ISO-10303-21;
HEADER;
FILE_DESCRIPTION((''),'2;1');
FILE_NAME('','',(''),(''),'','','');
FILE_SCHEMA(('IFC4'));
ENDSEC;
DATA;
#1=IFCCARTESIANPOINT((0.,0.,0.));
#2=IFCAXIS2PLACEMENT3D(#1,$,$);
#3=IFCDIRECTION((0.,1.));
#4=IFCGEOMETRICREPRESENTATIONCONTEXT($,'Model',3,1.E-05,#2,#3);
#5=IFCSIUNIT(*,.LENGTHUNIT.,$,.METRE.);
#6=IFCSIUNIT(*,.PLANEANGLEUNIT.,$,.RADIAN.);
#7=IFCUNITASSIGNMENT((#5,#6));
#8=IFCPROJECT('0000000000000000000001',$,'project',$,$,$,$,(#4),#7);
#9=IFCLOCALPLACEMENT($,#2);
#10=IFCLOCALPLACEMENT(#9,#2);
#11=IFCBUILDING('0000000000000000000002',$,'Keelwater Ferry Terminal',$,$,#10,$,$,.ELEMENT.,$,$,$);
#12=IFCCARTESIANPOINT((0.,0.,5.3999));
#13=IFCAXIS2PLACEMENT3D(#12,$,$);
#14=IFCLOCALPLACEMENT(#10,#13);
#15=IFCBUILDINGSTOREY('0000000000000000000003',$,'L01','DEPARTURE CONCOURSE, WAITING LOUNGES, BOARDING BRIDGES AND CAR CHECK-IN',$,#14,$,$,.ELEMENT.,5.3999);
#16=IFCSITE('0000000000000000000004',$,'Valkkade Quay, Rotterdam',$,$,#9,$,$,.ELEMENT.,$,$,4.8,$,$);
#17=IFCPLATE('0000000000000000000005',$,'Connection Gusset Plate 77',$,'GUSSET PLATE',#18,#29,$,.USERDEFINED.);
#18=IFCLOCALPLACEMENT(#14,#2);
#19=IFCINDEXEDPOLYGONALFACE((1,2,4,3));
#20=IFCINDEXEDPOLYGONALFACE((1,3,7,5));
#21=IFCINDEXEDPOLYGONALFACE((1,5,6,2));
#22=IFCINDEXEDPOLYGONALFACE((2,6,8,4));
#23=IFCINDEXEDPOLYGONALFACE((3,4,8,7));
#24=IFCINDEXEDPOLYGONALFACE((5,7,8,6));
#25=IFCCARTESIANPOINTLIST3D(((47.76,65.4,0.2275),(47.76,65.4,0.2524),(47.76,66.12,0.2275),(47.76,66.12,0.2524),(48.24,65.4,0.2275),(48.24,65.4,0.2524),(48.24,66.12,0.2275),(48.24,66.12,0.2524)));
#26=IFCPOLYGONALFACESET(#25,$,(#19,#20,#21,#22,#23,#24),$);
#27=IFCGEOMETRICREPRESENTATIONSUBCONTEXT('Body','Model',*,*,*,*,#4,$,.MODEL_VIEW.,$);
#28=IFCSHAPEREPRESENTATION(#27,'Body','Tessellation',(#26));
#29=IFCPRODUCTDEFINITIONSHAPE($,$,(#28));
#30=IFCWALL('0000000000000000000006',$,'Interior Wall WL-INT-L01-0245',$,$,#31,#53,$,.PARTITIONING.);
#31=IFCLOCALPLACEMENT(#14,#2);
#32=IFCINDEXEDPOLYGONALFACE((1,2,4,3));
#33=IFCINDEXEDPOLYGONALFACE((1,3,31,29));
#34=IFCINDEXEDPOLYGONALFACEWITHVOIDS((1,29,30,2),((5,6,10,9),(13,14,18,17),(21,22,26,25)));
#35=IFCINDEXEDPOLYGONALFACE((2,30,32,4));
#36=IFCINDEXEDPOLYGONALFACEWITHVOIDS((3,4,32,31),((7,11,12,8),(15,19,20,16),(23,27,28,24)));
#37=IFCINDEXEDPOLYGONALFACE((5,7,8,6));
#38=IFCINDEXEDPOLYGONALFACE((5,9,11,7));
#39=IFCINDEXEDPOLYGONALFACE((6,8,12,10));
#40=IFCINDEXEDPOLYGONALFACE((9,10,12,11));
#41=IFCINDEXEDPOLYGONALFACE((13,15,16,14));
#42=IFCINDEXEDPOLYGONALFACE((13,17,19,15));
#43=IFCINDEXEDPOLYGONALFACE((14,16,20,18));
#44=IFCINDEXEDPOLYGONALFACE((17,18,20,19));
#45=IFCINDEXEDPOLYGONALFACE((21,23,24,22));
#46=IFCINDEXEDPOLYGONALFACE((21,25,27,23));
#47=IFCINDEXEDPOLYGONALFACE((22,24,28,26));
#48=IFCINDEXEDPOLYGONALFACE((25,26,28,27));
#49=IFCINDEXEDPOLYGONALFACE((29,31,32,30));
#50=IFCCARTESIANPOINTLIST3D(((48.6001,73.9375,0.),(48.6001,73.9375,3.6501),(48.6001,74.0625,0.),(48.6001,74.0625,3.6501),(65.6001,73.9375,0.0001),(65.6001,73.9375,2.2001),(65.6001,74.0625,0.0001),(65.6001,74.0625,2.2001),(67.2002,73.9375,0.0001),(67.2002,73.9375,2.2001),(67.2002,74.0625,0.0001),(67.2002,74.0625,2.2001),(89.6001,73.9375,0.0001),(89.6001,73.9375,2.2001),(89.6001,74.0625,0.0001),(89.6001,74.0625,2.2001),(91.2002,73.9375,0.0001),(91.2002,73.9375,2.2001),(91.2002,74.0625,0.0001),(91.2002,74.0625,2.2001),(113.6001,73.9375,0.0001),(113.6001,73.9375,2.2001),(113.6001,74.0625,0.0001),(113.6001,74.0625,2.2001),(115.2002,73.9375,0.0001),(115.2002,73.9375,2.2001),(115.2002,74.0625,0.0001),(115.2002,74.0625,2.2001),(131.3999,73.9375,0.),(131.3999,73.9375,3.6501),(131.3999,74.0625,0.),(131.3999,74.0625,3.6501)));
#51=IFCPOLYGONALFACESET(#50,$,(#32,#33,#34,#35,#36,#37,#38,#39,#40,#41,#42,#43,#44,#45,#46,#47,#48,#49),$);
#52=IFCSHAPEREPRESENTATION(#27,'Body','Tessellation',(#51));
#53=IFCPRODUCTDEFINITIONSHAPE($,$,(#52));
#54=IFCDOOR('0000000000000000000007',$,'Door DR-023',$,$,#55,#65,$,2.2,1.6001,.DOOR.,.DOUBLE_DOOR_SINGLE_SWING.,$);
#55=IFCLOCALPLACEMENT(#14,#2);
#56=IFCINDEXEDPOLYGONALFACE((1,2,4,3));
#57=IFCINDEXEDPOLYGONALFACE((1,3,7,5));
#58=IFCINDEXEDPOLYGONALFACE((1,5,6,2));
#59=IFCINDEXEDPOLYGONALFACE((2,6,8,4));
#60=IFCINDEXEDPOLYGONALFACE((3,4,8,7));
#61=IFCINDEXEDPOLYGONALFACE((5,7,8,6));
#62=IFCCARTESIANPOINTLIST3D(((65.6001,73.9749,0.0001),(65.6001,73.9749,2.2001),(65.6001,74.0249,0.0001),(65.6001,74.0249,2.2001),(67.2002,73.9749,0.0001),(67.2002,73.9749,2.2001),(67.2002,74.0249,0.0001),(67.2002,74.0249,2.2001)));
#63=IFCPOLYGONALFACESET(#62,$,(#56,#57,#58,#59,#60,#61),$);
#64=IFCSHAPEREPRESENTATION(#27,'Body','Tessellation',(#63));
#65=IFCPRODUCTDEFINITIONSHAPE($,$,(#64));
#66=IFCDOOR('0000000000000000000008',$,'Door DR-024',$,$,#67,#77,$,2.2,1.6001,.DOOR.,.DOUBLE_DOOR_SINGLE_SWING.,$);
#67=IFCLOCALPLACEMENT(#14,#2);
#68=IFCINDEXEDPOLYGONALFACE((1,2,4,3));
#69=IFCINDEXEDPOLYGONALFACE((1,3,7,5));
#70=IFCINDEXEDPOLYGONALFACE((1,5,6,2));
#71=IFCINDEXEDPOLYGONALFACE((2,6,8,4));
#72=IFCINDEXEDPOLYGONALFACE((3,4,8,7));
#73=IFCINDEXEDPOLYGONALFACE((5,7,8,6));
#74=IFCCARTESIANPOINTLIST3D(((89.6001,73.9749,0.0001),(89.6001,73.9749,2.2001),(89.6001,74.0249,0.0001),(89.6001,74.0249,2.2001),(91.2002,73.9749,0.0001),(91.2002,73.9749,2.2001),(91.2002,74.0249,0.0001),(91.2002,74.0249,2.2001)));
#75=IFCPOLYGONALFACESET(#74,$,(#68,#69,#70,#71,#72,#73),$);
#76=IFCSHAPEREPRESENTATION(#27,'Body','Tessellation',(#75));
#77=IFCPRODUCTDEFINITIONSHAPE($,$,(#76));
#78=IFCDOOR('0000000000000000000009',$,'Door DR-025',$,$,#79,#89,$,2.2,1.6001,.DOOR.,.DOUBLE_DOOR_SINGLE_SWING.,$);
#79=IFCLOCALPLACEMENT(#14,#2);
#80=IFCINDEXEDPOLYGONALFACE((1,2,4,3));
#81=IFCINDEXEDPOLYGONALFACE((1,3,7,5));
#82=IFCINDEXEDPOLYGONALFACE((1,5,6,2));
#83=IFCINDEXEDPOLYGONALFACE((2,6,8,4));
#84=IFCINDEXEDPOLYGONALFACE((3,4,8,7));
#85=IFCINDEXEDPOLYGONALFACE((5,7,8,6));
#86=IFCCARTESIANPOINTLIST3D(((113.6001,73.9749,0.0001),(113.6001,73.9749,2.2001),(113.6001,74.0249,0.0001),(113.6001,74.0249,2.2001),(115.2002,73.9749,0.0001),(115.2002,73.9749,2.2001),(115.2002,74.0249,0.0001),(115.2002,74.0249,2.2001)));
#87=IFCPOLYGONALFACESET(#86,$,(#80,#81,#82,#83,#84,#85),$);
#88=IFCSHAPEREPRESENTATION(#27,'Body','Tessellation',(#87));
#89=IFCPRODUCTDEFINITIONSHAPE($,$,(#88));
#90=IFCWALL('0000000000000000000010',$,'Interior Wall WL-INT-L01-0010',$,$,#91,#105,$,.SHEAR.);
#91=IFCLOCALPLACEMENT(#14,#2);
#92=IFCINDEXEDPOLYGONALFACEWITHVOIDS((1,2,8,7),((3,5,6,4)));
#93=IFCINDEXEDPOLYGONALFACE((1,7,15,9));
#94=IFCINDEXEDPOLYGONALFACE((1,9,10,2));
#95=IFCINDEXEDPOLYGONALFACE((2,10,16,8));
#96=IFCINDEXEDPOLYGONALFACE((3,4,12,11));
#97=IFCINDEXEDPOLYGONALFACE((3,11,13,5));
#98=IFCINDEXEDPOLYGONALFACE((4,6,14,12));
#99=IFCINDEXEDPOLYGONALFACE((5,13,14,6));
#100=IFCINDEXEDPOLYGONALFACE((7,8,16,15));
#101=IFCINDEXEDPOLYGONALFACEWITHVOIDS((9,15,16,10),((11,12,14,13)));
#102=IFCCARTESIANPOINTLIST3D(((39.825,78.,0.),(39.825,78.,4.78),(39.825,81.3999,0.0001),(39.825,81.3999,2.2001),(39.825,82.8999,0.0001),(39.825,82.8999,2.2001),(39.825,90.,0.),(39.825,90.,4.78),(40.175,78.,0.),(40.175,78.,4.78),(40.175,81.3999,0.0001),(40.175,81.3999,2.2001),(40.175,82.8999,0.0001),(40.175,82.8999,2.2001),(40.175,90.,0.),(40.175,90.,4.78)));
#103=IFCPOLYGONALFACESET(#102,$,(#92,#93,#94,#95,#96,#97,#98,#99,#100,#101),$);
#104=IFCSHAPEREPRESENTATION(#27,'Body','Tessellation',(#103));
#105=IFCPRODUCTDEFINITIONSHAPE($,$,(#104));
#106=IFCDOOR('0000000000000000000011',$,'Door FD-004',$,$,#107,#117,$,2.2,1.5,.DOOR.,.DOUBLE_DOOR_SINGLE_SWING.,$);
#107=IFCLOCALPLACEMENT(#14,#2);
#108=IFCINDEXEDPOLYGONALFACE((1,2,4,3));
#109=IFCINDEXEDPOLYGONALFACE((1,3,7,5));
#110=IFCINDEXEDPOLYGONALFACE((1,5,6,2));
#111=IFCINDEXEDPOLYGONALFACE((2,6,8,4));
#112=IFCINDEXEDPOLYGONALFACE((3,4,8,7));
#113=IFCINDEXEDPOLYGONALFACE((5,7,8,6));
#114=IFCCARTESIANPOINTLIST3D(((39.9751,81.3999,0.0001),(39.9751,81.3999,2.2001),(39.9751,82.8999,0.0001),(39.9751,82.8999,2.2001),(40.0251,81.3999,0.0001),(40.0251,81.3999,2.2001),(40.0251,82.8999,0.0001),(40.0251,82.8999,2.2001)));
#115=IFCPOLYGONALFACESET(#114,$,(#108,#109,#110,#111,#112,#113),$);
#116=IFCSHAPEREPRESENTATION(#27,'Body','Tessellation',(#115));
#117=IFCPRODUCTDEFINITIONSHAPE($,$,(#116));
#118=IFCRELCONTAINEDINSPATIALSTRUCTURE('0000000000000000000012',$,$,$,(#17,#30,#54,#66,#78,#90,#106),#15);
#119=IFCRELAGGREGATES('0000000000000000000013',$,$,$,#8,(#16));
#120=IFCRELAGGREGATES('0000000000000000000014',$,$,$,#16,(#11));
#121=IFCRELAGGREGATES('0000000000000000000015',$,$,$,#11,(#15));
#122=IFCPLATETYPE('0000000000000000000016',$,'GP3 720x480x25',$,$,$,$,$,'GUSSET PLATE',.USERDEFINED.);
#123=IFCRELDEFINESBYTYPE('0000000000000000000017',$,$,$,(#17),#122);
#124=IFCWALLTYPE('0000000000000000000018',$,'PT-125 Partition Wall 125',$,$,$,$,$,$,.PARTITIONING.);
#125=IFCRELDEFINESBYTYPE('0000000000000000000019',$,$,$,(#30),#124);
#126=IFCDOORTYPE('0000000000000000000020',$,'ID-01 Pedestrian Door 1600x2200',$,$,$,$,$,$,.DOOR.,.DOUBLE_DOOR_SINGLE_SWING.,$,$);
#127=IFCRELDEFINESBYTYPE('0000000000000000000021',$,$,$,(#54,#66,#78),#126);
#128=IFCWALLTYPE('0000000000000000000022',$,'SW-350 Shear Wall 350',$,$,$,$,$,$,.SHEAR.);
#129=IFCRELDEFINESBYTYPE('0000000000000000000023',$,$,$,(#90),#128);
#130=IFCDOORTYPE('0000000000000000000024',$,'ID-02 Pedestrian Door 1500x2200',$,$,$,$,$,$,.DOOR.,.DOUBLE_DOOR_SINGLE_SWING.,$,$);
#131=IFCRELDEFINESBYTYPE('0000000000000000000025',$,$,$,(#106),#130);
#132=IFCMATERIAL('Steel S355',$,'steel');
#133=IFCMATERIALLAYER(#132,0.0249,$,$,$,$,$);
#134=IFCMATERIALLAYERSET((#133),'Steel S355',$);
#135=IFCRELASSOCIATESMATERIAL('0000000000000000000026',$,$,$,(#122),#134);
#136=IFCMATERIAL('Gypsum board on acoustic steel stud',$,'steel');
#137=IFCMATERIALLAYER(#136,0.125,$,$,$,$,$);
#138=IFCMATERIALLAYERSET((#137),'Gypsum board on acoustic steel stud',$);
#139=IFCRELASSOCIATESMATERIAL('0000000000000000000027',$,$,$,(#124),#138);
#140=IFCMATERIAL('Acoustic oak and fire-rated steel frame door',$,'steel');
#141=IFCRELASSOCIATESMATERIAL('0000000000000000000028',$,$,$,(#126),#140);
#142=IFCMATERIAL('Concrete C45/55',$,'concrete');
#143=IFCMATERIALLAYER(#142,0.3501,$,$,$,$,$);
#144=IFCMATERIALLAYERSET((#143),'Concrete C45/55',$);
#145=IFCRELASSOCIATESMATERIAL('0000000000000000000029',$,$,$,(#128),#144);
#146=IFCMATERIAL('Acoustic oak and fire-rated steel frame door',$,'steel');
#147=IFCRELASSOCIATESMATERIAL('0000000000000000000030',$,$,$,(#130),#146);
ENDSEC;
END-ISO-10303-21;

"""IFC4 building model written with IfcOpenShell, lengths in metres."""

from ifc_helpers import new_model, si_unit, direction, frame, frame_2d, origin, origin_2d, place, context, subcontext, project, spatial, rectangle, extrude, material, layer, layer_set, type_object, element, fill, save


model = new_model("IFC4")

# Units and contexts
model_context = context("Model", 3, precision=1e-05, world=origin(), true_north=direction((0.0, 1.0)))
body_context = subcontext(model_context, "Body", "Model", "MODEL_VIEW")
ifc_project = project(units=[si_unit("LENGTHUNIT", "METRE"), si_unit("PLANEANGLEUNIT", "RADIAN")], contexts=[model_context])

# Site, building, storey
site_placement = place(None, origin())
site = spatial("IfcSite", under=ifc_project, at=site_placement, Name="Valkkade Quay, Rotterdam", CompositionType="ELEMENT", RefElevation=4.8)
building_placement = place(site_placement, origin())
building = spatial("IfcBuilding", under=site, at=building_placement, Name="Keelwater Ferry Terminal", CompositionType="ELEMENT")
storey_placement = place(building_placement, frame((0.0, 0.0, 5.3999)))
storey = spatial("IfcBuildingStorey", under=building, at=storey_placement, Name="L01", Description="DEPARTURE CONCOURSE, WAITING LOUNGES, BOARDING BRIDGES AND CAR CHECK-IN", CompositionType="ELEMENT", Elevation=5.3999)

# Plate
ifc_material_1 = material(Name="Steel S355", Category="steel")
ifc_layer_1 = layer(ifc_material_1, 0.0249)
ifc_layer_set_1 = layer_set([ifc_layer_1], Name="Steel S355")
plate_type = type_object("IfcPlateType", Name="GP3 720x480x25", ElementType="GUSSET PLATE", PredefinedType="USERDEFINED", material=ifc_layer_set_1)
plate_placement = place(storey_placement, frame((48.0, 65.76, 0.2275), z_axis=(0.0, 0.0, 1.0), x_axis=(0.0, 1.0, 0.0)))
element("IfcPlate", 1, at=plate_placement, inside=storey, type_object=plate_type, Name="Connection Gusset Plate 77", ObjectType="GUSSET PLATE", PredefinedType="USERDEFINED", context=body_context, shape_type="SweptSolid", body=[
    extrude(rectangle(XDim=0.72, YDim=0.48, at=origin_2d()), origin(), (0.0, 0.0, 1.0), 0.0249),
])

# Wall, openings, doors
ifc_material_2 = material(Name="Gypsum board on acoustic steel stud", Category="steel")
ifc_layer_2 = layer(ifc_material_2, 0.125)
ifc_layer_set_2 = layer_set([ifc_layer_2], Name="Gypsum board on acoustic steel stud")
wall_type_1 = type_object("IfcWallType", Name="PT-125 Partition Wall 125", PredefinedType="PARTITIONING", material=ifc_layer_set_2)
wall_1_placement = place(storey_placement, frame((48.6001, 74.0, 0.0), z_axis=(0.0, 0.0, 1.0), x_axis=(1.0, 0.0, 0.0)))
wall_1 = element("IfcWall", 2, at=wall_1_placement, inside=storey, type_object=wall_type_1, Name="Interior Wall WL-INT-L01-0245", PredefinedType="PARTITIONING", context=body_context, shape_type="SweptSolid", body=[
    extrude(rectangle(XDim=82.7998, YDim=0.125, at=frame_2d((41.3999, 0.0))), origin(), (0.0, 0.0, 1.0), 3.6501),
])
opening_1_placement = place(wall_1_placement, frame((17.0, 0.0, 0.0)))
opening_1 = element("IfcOpeningElement", 3, at=opening_1_placement, cuts=wall_1, PredefinedType="OPENING", context=body_context, shape_type="SweptSolid", body=[
    extrude(rectangle(XDim=1.6001, YDim=2.2, at=frame_2d((0.8, 1.1001))), frame((0.0, 0.0725, 0.0), z_axis=(0.0, -1.0, 0.0), x_axis=(1.0, 0.0, 0.0)), (0.0, 0.0, 1.0), 0.145),
])
opening_2_placement = place(wall_1_placement, frame((41.0, 0.0, 0.0)))
opening_2 = element("IfcOpeningElement", 4, at=opening_2_placement, cuts=wall_1, PredefinedType="OPENING", context=body_context, shape_type="SweptSolid", body=[
    extrude(rectangle(XDim=1.6001, YDim=2.2, at=frame_2d((0.8, 1.1001))), frame((0.0, 0.0725, 0.0), z_axis=(0.0, -1.0, 0.0), x_axis=(1.0, 0.0, 0.0)), (0.0, 0.0, 1.0), 0.145),
])
opening_3_placement = place(wall_1_placement, frame((65.0, 0.0, 0.0)))
opening_3 = element("IfcOpeningElement", 5, at=opening_3_placement, cuts=wall_1, PredefinedType="OPENING", context=body_context, shape_type="SweptSolid", body=[
    extrude(rectangle(XDim=1.6001, YDim=2.2, at=frame_2d((0.8, 1.1001))), frame((0.0, 0.0725, 0.0), z_axis=(0.0, -1.0, 0.0), x_axis=(1.0, 0.0, 0.0)), (0.0, 0.0, 1.0), 0.145),
])
ifc_material_3 = material(Name="Acoustic oak and fire-rated steel frame door", Category="steel")
door_type_1 = type_object("IfcDoorType", Name="ID-01 Pedestrian Door 1600x2200", OperationType="DOUBLE_DOOR_SINGLE_SWING", PredefinedType="DOOR", material=ifc_material_3)
door_1_placement = place(opening_1_placement, origin())
door_1 = element("IfcDoor", 6, at=door_1_placement, inside=storey, type_object=door_type_1, Name="Door DR-023", OperationType="DOUBLE_DOOR_SINGLE_SWING", OverallHeight=2.2, OverallWidth=1.6001, PredefinedType="DOOR", context=body_context, shape_type="SweptSolid", body=[
    extrude(rectangle(XDim=1.6001, YDim=2.2, at=frame_2d((0.8, 1.1001))), frame((0.0, 0.0249, 0.0), z_axis=(0.0, -1.0, 0.0), x_axis=(1.0, 0.0, 0.0)), (0.0, 0.0, 1.0), 0.05),
])
fill(opening_1, door_1)
door_2_placement = place(opening_2_placement, origin())
door_2 = element("IfcDoor", 7, at=door_2_placement, inside=storey, type_object=door_type_1, Name="Door DR-024", OperationType="DOUBLE_DOOR_SINGLE_SWING", OverallHeight=2.2, OverallWidth=1.6001, PredefinedType="DOOR", context=body_context, shape_type="SweptSolid", body=[
    extrude(rectangle(XDim=1.6001, YDim=2.2, at=frame_2d((0.8, 1.1001))), frame((0.0, 0.0249, 0.0), z_axis=(0.0, -1.0, 0.0), x_axis=(1.0, 0.0, 0.0)), (0.0, 0.0, 1.0), 0.05),
])
fill(opening_2, door_2)
door_3_placement = place(opening_3_placement, origin())
door_3 = element("IfcDoor", 8, at=door_3_placement, inside=storey, type_object=door_type_1, Name="Door DR-025", OperationType="DOUBLE_DOOR_SINGLE_SWING", OverallHeight=2.2, OverallWidth=1.6001, PredefinedType="DOOR", context=body_context, shape_type="SweptSolid", body=[
    extrude(rectangle(XDim=1.6001, YDim=2.2, at=frame_2d((0.8, 1.1001))), frame((0.0, 0.0249, 0.0), z_axis=(0.0, -1.0, 0.0), x_axis=(1.0, 0.0, 0.0)), (0.0, 0.0, 1.0), 0.05),
])
fill(opening_3, door_3)

# Wall, opening, door
ifc_material_4 = material(Name="Concrete C45/55", Category="concrete")
ifc_layer_3 = layer(ifc_material_4, 0.3501)
ifc_layer_set_3 = layer_set([ifc_layer_3], Name="Concrete C45/55")
wall_type_2 = type_object("IfcWallType", Name="SW-350 Shear Wall 350", PredefinedType="SHEAR", material=ifc_layer_set_3)
wall_2_placement = place(storey_placement, frame((40.0, 78.0, 0.0), z_axis=(0.0, 0.0, 1.0), x_axis=(0.0, 1.0, 0.0)))
wall_2 = element("IfcWall", 9, at=wall_2_placement, inside=storey, type_object=wall_type_2, Name="Interior Wall WL-INT-L01-0010", PredefinedType="SHEAR", context=body_context, shape_type="SweptSolid", body=[
    extrude(rectangle(XDim=12.0, YDim=0.3501, at=frame_2d((6.0, 0.0))), origin(), (0.0, 0.0, 1.0), 4.78),
])
opening_4_placement = place(wall_2_placement, frame((3.3999, 0.0, 0.0)))
opening_4 = element("IfcOpeningElement", 10, at=opening_4_placement, cuts=wall_2, PredefinedType="OPENING", context=body_context, shape_type="SweptSolid", body=[
    extrude(rectangle(XDim=1.5, YDim=2.2, at=frame_2d((0.75, 1.1001))), frame((0.0, 0.1851, 0.0), z_axis=(0.0, -1.0, 0.0), x_axis=(1.0, 0.0, 0.0)), (0.0, 0.0, 1.0), 0.3701),
])
ifc_material_5 = material(Name="Acoustic oak and fire-rated steel frame door", Category="steel")
door_type_2 = type_object("IfcDoorType", Name="ID-02 Pedestrian Door 1500x2200", OperationType="DOUBLE_DOOR_SINGLE_SWING", PredefinedType="DOOR", material=ifc_material_5)
door_4_placement = place(opening_4_placement, origin())
door_4 = element("IfcDoor", 11, at=door_4_placement, inside=storey, type_object=door_type_2, Name="Door FD-004", OperationType="DOUBLE_DOOR_SINGLE_SWING", OverallHeight=2.2, OverallWidth=1.5, PredefinedType="DOOR", context=body_context, shape_type="SweptSolid", body=[
    extrude(rectangle(XDim=1.5, YDim=2.2, at=frame_2d((0.75, 1.1001))), frame((0.0, 0.0249, 0.0), z_axis=(0.0, -1.0, 0.0), x_axis=(1.0, 0.0, 0.0)), (0.0, 0.0, 1.0), 0.05),
])
fill(opening_4, door_4)

save(model, "model.ifc")
